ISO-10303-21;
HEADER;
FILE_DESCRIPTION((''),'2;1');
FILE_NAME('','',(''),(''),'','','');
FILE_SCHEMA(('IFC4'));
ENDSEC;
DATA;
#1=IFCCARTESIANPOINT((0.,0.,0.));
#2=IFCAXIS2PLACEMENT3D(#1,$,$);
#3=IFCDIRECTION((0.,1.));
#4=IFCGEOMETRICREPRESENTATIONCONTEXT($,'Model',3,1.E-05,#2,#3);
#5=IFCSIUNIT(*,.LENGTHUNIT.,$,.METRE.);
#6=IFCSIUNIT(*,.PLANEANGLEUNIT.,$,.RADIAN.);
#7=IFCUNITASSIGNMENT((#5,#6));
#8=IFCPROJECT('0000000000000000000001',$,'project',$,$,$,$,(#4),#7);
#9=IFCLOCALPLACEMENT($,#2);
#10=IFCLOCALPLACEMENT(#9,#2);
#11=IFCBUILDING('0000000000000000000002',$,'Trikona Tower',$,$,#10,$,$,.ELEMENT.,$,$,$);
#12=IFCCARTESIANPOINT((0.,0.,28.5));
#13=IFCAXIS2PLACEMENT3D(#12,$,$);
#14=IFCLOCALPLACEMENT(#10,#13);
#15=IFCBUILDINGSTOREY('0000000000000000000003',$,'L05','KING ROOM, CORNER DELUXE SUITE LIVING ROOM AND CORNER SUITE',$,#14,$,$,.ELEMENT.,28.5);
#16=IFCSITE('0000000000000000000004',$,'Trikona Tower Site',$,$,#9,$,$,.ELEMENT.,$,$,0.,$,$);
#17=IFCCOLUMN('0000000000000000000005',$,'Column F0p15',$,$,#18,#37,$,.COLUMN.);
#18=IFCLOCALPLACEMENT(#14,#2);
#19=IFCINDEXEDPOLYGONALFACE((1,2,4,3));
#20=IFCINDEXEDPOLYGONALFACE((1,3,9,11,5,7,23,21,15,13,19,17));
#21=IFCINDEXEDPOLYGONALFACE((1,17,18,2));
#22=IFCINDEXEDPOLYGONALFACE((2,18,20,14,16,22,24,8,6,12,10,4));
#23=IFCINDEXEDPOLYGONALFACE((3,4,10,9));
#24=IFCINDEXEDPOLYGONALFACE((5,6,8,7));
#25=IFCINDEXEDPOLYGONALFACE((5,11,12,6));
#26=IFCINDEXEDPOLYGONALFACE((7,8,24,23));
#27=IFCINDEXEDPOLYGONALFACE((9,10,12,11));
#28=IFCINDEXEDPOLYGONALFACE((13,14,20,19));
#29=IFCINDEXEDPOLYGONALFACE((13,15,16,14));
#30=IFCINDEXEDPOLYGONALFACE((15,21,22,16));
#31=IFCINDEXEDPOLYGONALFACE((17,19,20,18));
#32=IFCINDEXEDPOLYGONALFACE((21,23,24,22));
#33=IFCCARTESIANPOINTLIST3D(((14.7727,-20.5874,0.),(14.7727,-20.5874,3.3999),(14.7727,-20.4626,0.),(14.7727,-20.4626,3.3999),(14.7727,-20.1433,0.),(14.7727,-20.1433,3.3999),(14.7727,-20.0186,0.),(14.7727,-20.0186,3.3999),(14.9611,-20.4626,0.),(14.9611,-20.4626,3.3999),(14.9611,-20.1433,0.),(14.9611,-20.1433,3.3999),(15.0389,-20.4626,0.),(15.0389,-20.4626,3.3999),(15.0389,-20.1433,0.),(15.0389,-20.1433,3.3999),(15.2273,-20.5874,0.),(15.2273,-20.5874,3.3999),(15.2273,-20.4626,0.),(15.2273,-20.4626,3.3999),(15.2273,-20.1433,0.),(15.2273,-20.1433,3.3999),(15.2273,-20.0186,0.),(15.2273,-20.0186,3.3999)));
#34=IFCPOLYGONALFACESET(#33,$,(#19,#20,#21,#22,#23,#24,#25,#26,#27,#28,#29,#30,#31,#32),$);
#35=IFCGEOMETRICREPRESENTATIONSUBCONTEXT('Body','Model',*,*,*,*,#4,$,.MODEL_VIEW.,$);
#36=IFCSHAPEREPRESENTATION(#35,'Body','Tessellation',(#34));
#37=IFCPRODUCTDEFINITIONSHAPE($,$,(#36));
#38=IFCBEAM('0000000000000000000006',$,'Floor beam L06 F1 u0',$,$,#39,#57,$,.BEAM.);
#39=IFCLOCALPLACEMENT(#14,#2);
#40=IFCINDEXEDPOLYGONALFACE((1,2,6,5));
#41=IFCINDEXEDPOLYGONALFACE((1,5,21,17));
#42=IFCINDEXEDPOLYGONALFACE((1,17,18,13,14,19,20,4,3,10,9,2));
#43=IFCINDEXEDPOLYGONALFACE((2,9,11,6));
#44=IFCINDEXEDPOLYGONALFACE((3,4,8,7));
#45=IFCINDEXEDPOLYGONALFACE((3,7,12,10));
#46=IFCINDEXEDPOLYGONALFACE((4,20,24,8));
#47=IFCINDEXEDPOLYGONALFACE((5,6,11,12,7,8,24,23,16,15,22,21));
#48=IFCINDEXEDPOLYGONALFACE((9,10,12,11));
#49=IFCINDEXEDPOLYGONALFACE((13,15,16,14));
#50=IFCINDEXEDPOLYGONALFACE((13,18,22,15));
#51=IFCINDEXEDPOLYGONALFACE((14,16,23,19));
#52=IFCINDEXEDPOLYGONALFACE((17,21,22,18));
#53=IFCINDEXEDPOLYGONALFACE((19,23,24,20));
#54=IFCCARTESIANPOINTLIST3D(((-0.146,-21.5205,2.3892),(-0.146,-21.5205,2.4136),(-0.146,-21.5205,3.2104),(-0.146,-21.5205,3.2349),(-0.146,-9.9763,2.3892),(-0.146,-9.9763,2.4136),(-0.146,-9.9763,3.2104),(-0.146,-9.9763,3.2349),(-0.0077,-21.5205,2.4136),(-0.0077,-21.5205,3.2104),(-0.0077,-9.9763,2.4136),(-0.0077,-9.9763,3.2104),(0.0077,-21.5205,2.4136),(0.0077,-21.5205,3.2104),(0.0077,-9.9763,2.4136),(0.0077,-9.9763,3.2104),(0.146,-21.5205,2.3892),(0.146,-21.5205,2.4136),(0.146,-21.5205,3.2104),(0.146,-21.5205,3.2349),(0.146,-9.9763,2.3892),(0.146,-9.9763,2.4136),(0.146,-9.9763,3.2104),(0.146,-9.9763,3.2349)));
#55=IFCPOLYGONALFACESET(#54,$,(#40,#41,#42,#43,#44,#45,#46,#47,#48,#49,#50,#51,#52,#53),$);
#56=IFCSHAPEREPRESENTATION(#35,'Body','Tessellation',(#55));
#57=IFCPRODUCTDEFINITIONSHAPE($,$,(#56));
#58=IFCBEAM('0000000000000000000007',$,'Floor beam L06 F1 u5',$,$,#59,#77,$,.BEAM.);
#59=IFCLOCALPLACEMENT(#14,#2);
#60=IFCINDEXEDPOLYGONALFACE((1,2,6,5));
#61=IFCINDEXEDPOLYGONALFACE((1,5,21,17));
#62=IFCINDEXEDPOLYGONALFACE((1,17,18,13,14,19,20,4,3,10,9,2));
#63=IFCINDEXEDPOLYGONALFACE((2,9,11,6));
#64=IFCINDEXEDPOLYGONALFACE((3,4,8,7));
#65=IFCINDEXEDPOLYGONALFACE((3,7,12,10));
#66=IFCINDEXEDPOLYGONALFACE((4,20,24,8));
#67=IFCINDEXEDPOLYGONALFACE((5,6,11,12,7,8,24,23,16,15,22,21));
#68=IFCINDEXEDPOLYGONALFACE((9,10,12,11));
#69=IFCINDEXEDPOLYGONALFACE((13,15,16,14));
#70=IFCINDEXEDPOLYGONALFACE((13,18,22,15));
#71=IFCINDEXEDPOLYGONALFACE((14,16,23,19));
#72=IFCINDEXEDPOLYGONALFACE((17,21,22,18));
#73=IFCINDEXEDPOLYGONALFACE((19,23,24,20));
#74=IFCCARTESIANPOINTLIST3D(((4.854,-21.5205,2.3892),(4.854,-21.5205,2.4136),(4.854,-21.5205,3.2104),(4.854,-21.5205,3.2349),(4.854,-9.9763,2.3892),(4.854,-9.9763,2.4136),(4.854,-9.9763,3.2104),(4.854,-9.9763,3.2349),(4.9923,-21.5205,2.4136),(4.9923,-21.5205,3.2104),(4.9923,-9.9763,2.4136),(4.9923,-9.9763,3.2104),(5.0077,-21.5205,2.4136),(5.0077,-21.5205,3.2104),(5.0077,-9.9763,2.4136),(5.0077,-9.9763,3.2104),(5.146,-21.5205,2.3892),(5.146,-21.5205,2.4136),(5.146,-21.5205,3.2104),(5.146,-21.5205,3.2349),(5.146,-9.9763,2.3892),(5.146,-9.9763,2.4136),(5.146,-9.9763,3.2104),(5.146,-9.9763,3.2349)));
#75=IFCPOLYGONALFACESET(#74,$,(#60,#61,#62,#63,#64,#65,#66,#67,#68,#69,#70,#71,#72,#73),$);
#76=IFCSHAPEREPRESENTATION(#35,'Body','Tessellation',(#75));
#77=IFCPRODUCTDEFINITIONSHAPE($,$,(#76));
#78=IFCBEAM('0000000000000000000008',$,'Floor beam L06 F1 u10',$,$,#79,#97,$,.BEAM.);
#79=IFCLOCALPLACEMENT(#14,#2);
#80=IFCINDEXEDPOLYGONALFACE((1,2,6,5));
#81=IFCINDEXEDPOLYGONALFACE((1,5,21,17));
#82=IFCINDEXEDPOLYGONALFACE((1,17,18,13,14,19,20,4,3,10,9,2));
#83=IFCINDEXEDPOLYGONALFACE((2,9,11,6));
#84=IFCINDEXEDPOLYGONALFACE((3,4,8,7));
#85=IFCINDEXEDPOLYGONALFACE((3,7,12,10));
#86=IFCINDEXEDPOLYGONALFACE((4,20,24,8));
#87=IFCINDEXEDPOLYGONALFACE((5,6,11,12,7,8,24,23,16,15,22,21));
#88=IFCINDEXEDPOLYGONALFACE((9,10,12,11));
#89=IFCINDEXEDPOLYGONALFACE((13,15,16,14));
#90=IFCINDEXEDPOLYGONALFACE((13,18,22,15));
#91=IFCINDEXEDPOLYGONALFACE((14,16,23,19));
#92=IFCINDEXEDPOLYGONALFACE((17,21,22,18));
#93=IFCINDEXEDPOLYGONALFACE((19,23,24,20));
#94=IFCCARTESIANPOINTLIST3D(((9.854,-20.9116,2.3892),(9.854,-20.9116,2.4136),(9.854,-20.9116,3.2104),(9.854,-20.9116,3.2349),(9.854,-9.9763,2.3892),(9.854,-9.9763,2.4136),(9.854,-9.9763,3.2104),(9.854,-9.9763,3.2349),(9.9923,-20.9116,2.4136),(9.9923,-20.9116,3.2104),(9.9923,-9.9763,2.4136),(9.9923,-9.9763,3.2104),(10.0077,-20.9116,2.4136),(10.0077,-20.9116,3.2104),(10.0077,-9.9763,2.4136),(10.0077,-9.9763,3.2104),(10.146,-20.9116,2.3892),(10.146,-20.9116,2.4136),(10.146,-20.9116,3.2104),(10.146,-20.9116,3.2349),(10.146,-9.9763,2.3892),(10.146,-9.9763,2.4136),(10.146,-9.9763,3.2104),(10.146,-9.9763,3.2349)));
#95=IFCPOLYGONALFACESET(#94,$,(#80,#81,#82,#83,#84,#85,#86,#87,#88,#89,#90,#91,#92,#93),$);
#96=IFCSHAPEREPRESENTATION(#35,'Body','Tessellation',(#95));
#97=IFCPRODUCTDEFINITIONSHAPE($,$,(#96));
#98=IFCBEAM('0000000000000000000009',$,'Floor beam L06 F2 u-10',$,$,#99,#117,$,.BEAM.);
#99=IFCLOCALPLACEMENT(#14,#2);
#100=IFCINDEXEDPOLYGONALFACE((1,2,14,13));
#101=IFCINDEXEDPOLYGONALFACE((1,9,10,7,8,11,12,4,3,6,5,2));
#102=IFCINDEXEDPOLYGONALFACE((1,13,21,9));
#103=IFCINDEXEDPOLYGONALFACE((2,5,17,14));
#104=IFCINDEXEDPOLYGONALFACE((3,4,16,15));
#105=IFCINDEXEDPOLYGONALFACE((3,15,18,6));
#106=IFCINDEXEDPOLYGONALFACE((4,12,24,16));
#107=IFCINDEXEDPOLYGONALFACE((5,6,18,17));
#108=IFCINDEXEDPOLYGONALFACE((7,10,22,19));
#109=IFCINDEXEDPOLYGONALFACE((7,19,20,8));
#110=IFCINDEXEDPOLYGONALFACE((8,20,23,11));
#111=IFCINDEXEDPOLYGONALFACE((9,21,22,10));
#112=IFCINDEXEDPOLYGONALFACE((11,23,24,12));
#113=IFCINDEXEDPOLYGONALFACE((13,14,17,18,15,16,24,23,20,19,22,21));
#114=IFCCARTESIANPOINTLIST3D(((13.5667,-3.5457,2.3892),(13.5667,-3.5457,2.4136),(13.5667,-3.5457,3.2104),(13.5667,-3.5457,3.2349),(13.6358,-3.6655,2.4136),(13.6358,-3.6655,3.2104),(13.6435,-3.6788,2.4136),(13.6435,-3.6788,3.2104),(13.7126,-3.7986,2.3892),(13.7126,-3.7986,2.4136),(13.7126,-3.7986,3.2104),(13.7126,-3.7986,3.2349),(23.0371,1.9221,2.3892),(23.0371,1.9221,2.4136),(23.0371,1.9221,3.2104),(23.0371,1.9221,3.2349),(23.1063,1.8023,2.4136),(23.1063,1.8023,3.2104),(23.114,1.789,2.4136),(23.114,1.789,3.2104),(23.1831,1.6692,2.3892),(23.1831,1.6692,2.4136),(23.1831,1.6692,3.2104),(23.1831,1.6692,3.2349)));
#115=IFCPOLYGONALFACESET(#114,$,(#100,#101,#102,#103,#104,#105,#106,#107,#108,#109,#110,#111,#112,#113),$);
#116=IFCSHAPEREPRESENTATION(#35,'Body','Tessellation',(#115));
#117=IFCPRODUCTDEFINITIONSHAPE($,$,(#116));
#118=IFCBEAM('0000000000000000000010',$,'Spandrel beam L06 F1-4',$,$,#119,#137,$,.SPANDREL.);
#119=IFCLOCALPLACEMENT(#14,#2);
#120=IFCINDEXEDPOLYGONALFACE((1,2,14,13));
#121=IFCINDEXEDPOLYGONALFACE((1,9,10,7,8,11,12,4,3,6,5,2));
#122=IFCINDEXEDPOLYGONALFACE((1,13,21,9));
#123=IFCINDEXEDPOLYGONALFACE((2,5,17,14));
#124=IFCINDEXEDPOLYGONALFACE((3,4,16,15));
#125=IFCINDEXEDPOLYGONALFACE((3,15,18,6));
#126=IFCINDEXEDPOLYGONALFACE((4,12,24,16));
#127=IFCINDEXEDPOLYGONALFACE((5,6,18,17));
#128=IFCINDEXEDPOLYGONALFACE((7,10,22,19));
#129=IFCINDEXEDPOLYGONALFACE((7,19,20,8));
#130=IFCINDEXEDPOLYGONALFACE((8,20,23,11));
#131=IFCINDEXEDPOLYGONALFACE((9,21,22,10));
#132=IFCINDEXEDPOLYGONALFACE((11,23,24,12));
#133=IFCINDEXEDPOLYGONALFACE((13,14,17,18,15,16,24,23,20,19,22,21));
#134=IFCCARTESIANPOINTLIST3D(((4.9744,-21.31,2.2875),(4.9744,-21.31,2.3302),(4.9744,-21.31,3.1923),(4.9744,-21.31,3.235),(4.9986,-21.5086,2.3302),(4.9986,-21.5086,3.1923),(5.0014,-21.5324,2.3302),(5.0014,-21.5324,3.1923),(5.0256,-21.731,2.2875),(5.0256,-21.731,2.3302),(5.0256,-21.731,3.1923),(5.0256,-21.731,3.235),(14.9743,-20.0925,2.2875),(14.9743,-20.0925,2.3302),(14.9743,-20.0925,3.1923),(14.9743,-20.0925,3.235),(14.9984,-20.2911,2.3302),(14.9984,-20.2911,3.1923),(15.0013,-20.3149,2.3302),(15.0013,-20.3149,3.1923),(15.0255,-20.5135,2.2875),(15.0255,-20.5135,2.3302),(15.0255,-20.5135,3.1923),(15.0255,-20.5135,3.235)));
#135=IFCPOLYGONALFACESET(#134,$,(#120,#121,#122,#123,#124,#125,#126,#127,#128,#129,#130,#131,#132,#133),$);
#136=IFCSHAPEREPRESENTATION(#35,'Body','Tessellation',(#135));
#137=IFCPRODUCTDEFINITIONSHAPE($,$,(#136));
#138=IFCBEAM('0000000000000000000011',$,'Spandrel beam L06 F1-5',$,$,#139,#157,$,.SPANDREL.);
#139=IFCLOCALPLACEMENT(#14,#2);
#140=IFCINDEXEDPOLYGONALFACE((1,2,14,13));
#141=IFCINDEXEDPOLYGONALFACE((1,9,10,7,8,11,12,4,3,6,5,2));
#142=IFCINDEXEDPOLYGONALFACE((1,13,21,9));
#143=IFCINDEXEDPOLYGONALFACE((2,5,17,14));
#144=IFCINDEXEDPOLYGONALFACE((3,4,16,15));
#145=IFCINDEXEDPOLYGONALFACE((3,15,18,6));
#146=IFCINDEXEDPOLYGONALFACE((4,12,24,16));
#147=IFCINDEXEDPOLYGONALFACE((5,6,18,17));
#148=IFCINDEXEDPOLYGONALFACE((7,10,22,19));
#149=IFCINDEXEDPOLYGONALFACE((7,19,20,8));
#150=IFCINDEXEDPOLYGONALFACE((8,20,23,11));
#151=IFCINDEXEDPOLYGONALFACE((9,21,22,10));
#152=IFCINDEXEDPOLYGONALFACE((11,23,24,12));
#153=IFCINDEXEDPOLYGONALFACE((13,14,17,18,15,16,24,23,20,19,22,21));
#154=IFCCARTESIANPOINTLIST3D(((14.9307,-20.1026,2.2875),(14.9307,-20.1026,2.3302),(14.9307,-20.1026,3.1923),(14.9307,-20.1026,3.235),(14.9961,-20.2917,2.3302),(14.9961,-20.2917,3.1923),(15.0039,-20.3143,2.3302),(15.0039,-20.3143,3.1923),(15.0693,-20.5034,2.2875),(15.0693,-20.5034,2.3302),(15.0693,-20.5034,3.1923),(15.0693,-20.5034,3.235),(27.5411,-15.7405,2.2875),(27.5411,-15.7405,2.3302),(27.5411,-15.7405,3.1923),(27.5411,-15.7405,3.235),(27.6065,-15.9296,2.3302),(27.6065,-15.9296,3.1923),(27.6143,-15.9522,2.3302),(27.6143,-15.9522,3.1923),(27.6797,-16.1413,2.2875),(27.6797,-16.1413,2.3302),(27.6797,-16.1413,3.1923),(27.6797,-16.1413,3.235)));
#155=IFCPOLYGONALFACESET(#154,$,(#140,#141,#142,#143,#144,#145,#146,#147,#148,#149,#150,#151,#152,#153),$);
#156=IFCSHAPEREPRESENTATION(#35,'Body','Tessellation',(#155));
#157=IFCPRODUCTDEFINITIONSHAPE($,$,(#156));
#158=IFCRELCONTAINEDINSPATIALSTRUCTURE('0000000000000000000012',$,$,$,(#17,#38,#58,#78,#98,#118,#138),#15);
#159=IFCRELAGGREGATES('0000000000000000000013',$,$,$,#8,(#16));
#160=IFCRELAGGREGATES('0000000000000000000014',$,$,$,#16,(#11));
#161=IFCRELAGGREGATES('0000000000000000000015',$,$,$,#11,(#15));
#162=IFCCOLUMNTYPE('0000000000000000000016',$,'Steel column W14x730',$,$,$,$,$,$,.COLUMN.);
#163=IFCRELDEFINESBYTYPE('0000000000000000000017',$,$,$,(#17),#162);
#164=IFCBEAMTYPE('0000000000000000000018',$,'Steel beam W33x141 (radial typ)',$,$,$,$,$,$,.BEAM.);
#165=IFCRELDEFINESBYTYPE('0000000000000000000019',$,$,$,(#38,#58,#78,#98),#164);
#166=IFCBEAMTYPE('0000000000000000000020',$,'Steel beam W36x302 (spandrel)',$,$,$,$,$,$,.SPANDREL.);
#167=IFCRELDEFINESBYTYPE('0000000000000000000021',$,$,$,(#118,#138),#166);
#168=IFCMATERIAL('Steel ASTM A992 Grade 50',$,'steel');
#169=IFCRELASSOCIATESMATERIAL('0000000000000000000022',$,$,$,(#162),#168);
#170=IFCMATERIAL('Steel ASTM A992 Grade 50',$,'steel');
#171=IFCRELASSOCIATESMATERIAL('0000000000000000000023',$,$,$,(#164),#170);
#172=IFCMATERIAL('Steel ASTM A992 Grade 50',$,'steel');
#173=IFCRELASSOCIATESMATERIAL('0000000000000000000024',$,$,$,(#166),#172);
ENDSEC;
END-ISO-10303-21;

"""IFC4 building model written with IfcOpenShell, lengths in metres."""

from ifc_helpers import new_model, si_unit, direction, frame, origin, origin_2d, place, context, subcontext, project, spatial, i_section, extrude, material, material_profile, profile_set, type_object, element, save


model = new_model("IFC4")

# Units and contexts
model_context = context("Model", 3, precision=1e-05, world=origin(), true_north=direction((0.0, 1.0)))
body_context = subcontext(model_context, "Body", "Model", "MODEL_VIEW")
ifc_project = project(units=[si_unit("LENGTHUNIT", "METRE"), si_unit("PLANEANGLEUNIT", "RADIAN")], contexts=[model_context])

# Site, building, storey
site_placement = place(None, origin())
site = spatial("IfcSite", under=ifc_project, at=site_placement, Name="Trikona Tower Site", CompositionType="ELEMENT", RefElevation=0.0)
building_placement = place(site_placement, origin())
building = spatial("IfcBuilding", under=site, at=building_placement, Name="Trikona Tower", CompositionType="ELEMENT")
storey_placement = place(building_placement, frame((0.0, 0.0, 28.5)))
storey = spatial("IfcBuildingStorey", under=building, at=storey_placement, Name="L05", Description="KING ROOM, CORNER DELUXE SUITE LIVING ROOM AND CORNER SUITE", CompositionType="ELEMENT", Elevation=28.5)

# Column
ifc_material_1 = material(Name="Steel ASTM A992 Grade 50", Category="steel")
ifc_material_profile_1 = material_profile(ifc_material_1, i_section(OverallWidth=0.4546, OverallDepth=0.5688, WebThickness=0.0779, FlangeThickness=0.1248, at=origin_2d()), Name="W14X730")
ifc_profile_set_1 = profile_set([ifc_material_profile_1], Name="Steel ASTM A992 Grade 50")
column_type = type_object("IfcColumnType", Name="Steel column W14x730", PredefinedType="COLUMN", material=ifc_profile_set_1)
column_placement = place(storey_placement, frame((15.0, -20.303, 0.0), z_axis=(0.0, 0.0, 1.0), x_axis=(1.0, 0.0, 0.0)))
element("IfcColumn", 1, at=column_placement, inside=storey, type_object=column_type, Name="Column F0p15", PredefinedType="COLUMN", context=body_context, shape_type="SweptSolid", body=[
    extrude(i_section(OverallWidth=0.4546, OverallDepth=0.5688, WebThickness=0.0779, FlangeThickness=0.1248, at=origin_2d()), origin(), (0.0, 0.0, 1.0), 3.3999),
])

# Beams
ifc_material_2 = material(Name="Steel ASTM A992 Grade 50", Category="steel")
ifc_material_profile_2 = material_profile(ifc_material_2, i_section(OverallWidth=0.292, OverallDepth=0.8457, WebThickness=0.0154, FlangeThickness=0.0244, at=origin_2d()), Name="W33X141")
ifc_profile_set_2 = profile_set([ifc_material_profile_2], Name="Steel ASTM A992 Grade 50")
beam_type_1 = type_object("IfcBeamType", Name="Steel beam W33x141 (radial typ)", PredefinedType="BEAM", material=ifc_profile_set_2)
for number, where, z_axis, x_axis, name in (
    (2, (0.0, -9.9763, 2.812), (0.0, -1.0, 0.0), (1.0, 0.0, 0.0), "Floor beam L06 F1 u0"),
    (3, (5.0, -9.9763, 2.812), (0.0, -1.0, 0.0), (1.0, 0.0, 0.0), "Floor beam L06 F1 u5"),
):
    element("IfcBeam", number, at=place(storey_placement, frame(where, z_axis=z_axis, x_axis=x_axis)), inside=storey, type_object=beam_type_1, Name=name, PredefinedType="BEAM", context=body_context, shape_type="SweptSolid", body=[
        extrude(i_section(OverallWidth=0.292, OverallDepth=0.8457, WebThickness=0.0154, FlangeThickness=0.0244, at=origin_2d()), origin(), (0.0, 0.0, 1.0), 11.5442),
    ])
beam_1_placement = place(storey_placement, frame((10.0, -9.9763, 2.812), z_axis=(0.0, -1.0, 0.0), x_axis=(1.0, 0.0, 0.0)))
element("IfcBeam", 4, at=beam_1_placement, inside=storey, type_object=beam_type_1, Name="Floor beam L06 F1 u10", PredefinedType="BEAM", context=body_context, shape_type="SweptSolid", body=[
    extrude(i_section(OverallWidth=0.292, OverallDepth=0.8457, WebThickness=0.0154, FlangeThickness=0.0244, at=origin_2d()), origin(), (0.0, 0.0, 1.0), 10.9353),
])
beam_2_placement = place(storey_placement, frame((13.6396, -3.6721, 2.812), z_axis=(0.866025, 0.5, 0.0), x_axis=(-0.5, 0.866025, 0.0)))
element("IfcBeam", 5, at=beam_2_placement, inside=storey, type_object=beam_type_1, Name="Floor beam L06 F2 u-10", PredefinedType="BEAM", context=body_context, shape_type="SweptSolid", body=[
    extrude(i_section(OverallWidth=0.292, OverallDepth=0.8457, WebThickness=0.0154, FlangeThickness=0.0244, at=origin_2d()), origin(), (0.0, 0.0, 1.0), 10.9355),
])
ifc_material_3 = material(Name="Steel ASTM A992 Grade 50", Category="steel")
ifc_material_profile_3 = material_profile(ifc_material_3, i_section(OverallWidth=0.4241, OverallDepth=0.9475, WebThickness=0.0239, FlangeThickness=0.0427, at=origin_2d()), Name="W36X302")
ifc_profile_set_3 = profile_set([ifc_material_profile_3], Name="Steel ASTM A992 Grade 50")
beam_type_2 = type_object("IfcBeamType", Name="Steel beam W36x302 (spandrel)", PredefinedType="SPANDREL", material=ifc_profile_set_3)
beam_3_placement = place(storey_placement, frame((5.0, -21.5205, 2.7612), z_axis=(0.99267, 0.12086, 0.0), x_axis=(-0.12086, 0.99267, 0.0)))
element("IfcBeam", 6, at=beam_3_placement, inside=storey, type_object=beam_type_2, Name="Spandrel beam L06 F1-4", PredefinedType="SPANDREL", context=body_context, shape_type="SweptSolid", body=[
    extrude(i_section(OverallWidth=0.4241, OverallDepth=0.9475, WebThickness=0.0239, FlangeThickness=0.0427, at=origin_2d()), origin(), (0.0, 0.0, 1.0), 10.0737),
])
beam_4_placement = place(storey_placement, frame((15.0, -20.303, 2.7612), z_axis=(0.945057, 0.326906, 0.0), x_axis=(-0.326906, 0.945057, 0.0)))
element("IfcBeam", 7, at=beam_4_placement, inside=storey, type_object=beam_type_2, Name="Spandrel beam L06 F1-5", PredefinedType="SPANDREL", context=body_context, shape_type="SweptSolid", body=[
    extrude(i_section(OverallWidth=0.4241, OverallDepth=0.9475, WebThickness=0.0239, FlangeThickness=0.0427, at=origin_2d()), origin(), (0.0, 0.0, 1.0), 13.3435),
])

save(model, "model.ifc")
